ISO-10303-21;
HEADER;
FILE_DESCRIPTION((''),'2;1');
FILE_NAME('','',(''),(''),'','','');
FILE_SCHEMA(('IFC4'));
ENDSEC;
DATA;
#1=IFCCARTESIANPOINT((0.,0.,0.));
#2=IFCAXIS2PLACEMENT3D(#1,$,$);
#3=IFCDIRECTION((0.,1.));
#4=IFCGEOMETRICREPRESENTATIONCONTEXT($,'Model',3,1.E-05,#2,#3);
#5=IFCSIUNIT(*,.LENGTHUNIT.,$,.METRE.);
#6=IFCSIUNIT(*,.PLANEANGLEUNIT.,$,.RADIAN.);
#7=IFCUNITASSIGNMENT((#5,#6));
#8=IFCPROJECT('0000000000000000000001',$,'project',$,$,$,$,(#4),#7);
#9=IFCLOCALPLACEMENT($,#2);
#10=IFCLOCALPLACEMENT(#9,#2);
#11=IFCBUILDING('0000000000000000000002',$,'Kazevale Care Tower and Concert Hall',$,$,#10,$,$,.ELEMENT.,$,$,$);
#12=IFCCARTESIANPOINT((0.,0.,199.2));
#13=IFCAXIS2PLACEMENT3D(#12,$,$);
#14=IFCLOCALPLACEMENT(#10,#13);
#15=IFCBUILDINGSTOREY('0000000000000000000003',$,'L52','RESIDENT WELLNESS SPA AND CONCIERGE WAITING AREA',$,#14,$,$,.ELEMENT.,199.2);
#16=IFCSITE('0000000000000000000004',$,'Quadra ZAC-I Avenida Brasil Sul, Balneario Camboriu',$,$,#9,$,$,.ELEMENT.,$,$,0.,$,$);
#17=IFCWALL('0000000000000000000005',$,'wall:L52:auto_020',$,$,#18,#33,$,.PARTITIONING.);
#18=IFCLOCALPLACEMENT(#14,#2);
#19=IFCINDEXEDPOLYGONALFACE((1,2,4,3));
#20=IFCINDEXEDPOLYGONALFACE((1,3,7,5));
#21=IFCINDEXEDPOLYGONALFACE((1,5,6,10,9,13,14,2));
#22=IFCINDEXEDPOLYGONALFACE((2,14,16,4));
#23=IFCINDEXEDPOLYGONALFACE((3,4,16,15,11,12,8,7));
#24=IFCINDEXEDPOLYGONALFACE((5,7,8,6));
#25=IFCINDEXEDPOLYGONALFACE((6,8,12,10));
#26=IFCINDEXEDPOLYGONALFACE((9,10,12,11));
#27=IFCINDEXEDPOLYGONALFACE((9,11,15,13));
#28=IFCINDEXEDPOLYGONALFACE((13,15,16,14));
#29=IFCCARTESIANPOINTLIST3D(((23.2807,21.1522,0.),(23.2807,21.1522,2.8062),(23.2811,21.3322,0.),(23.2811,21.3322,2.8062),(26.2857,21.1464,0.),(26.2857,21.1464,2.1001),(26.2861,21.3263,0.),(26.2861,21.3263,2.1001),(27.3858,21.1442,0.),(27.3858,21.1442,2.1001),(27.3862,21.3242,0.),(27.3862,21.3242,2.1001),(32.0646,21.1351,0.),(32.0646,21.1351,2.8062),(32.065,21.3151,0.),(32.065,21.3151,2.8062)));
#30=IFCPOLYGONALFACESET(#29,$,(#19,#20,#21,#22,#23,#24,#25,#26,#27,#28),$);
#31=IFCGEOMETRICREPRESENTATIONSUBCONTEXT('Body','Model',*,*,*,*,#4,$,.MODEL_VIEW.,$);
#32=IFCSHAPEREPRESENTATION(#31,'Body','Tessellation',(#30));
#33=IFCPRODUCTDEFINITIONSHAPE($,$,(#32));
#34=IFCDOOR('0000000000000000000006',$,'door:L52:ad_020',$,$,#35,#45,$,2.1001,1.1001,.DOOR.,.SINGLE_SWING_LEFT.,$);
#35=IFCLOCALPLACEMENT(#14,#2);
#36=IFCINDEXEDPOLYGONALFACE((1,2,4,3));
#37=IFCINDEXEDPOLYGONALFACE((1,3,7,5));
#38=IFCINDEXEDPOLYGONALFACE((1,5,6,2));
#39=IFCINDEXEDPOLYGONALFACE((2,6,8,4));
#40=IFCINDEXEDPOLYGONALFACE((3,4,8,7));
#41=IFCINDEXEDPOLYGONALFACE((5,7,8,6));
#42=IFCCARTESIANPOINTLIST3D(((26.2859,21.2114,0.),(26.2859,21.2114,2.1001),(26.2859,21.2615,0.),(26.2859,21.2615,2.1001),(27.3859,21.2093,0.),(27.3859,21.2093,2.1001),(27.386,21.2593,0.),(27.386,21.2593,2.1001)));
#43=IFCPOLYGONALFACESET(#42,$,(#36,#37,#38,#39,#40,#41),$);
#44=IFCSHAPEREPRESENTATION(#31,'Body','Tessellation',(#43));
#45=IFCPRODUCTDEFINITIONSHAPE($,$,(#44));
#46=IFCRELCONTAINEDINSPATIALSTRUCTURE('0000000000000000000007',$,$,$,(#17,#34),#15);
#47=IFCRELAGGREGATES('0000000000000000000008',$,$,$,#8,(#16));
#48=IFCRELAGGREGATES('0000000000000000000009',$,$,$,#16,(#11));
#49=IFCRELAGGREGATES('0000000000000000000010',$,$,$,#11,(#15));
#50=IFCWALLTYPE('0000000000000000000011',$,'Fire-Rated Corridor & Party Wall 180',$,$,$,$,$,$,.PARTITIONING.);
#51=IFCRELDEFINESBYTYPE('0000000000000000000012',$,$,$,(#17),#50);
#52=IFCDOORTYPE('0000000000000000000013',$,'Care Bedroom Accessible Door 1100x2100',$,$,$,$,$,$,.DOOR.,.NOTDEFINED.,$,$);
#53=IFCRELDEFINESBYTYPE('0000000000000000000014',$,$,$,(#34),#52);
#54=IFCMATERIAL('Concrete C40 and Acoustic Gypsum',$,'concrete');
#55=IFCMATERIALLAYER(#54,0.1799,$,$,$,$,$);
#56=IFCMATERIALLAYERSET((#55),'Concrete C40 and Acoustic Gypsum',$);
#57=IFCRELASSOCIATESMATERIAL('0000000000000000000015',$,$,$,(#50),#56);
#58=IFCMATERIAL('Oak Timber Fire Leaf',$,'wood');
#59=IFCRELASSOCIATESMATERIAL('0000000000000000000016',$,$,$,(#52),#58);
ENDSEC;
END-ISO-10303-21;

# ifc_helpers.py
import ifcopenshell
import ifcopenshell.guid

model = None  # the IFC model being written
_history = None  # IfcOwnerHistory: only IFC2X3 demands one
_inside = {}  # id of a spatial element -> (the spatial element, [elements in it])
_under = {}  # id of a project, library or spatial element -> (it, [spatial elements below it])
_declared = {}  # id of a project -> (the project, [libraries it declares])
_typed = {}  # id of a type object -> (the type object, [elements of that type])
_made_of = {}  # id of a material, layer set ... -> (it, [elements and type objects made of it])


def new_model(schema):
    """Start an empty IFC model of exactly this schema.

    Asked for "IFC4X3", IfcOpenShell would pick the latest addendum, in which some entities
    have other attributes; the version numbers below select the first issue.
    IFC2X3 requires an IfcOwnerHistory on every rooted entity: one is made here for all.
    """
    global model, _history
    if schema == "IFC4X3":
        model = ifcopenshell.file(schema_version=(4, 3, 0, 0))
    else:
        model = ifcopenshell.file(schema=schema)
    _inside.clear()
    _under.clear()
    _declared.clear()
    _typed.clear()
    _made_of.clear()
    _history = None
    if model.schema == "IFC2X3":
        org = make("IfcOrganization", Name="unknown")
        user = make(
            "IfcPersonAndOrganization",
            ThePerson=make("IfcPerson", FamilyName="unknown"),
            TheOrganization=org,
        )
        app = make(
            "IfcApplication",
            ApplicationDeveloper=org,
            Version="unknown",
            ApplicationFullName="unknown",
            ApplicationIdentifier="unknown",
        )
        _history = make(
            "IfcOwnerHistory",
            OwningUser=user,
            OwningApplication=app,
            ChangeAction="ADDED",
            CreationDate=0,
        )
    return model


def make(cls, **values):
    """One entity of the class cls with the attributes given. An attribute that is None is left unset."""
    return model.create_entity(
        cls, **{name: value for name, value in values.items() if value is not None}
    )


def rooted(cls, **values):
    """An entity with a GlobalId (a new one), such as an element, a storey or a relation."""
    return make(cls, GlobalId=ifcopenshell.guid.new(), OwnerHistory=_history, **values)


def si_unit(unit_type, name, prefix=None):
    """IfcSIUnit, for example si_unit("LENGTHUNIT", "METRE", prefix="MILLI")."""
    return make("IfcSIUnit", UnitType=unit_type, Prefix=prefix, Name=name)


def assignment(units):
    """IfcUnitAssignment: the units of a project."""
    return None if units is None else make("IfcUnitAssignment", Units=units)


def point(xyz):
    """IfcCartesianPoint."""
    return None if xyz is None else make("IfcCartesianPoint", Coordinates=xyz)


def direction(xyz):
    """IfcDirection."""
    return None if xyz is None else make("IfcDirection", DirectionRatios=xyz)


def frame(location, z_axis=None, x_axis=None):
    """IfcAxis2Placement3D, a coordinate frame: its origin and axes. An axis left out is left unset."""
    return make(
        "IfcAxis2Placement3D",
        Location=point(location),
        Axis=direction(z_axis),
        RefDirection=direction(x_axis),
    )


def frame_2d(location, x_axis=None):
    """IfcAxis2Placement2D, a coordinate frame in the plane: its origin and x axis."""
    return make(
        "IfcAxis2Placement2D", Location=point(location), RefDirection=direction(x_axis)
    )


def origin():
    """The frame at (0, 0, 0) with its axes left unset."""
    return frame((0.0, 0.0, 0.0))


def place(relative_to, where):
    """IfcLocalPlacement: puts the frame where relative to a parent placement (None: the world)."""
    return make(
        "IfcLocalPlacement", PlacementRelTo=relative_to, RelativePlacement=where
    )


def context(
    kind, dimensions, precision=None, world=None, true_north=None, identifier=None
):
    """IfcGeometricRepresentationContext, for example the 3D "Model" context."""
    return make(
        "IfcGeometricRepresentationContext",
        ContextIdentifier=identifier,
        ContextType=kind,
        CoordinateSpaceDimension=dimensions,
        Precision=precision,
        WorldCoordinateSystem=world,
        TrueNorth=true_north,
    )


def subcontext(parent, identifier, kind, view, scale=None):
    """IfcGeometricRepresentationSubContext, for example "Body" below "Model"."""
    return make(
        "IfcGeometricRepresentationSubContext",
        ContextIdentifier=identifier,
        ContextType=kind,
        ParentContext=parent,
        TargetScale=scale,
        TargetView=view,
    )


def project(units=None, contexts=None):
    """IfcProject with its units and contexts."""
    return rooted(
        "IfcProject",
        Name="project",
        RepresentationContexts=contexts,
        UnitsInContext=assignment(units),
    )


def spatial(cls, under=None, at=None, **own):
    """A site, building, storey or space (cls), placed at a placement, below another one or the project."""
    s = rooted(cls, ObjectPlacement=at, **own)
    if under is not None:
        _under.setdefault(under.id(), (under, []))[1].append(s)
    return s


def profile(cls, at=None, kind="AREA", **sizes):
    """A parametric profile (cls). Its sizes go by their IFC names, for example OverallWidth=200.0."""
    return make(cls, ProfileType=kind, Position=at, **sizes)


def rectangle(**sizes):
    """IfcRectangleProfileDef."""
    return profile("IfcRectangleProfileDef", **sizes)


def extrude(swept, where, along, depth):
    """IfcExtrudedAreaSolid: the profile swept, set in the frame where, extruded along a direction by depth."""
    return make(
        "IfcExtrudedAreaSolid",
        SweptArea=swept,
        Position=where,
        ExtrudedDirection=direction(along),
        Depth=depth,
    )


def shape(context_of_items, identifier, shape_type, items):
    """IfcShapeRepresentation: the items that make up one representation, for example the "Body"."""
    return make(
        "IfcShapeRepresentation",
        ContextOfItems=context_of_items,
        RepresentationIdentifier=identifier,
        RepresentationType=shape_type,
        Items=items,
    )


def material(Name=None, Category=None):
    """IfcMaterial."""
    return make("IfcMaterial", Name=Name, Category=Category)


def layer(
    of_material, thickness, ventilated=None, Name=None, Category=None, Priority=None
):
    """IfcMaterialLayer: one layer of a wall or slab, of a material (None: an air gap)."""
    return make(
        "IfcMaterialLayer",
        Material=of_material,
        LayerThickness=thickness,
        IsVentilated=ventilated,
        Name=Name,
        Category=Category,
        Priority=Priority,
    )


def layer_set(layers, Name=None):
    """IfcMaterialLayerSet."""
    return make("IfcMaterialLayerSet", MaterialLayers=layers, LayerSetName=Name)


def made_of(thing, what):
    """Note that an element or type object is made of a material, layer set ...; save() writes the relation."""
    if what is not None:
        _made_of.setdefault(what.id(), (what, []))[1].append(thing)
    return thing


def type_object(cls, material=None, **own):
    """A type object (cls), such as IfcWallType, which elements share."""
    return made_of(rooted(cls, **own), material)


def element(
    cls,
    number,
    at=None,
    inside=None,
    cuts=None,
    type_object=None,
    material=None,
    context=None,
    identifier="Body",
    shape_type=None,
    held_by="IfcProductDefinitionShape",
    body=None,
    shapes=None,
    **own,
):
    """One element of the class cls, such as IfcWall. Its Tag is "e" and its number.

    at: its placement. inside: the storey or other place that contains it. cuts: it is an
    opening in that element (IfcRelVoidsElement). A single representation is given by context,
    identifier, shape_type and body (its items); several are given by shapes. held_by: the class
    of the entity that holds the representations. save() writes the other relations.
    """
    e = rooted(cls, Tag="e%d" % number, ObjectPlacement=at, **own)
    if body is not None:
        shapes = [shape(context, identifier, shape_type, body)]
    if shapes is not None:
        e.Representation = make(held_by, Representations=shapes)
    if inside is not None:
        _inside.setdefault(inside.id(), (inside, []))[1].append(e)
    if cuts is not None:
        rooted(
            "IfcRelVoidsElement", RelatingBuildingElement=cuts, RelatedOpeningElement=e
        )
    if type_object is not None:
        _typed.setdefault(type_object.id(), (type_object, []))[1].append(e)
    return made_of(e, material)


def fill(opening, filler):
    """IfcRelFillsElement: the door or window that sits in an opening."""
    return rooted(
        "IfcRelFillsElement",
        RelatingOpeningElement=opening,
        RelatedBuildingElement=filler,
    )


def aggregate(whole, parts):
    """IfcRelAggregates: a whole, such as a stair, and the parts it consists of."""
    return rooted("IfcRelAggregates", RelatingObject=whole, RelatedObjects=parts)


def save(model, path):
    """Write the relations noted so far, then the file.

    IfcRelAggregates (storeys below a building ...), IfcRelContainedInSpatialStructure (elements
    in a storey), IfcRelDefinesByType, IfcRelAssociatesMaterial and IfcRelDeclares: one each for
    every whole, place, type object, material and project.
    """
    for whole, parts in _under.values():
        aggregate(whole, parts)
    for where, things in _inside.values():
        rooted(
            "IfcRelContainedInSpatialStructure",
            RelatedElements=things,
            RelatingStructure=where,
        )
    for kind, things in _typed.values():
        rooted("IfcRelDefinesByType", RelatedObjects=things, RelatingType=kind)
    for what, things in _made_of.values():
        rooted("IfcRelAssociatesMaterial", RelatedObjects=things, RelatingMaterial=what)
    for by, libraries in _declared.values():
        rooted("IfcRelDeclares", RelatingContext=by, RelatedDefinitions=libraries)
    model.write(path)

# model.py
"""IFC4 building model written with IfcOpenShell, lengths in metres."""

from ifc_helpers import new_model, si_unit, direction, frame, frame_2d, origin, place, context, subcontext, project, spatial, rectangle, extrude, material, layer, layer_set, type_object, element, fill, save


model = new_model("IFC4")

# Units and contexts
model_context = context("Model", 3, precision=1e-05, world=origin(), true_north=direction((0.0, 1.0)))
body_context = subcontext(model_context, "Body", "Model", "MODEL_VIEW")
ifc_project = project(units=[si_unit("LENGTHUNIT", "METRE"), si_unit("PLANEANGLEUNIT", "RADIAN")], contexts=[model_context])

# Site, building, storey
site_placement = place(None, origin())
site = spatial("IfcSite", under=ifc_project, at=site_placement, Name="Quadra ZAC-I Avenida Brasil Sul, Balneario Camboriu", CompositionType="ELEMENT", RefElevation=0.0)
building_placement = place(site_placement, origin())
building = spatial("IfcBuilding", under=site, at=building_placement, Name="Kazevale Care Tower and Concert Hall", CompositionType="ELEMENT")
storey_placement = place(building_placement, frame((0.0, 0.0, 199.2)))
storey = spatial("IfcBuildingStorey", under=building, at=storey_placement, Name="L52", Description="RESIDENT WELLNESS SPA AND CONCIERGE WAITING AREA", CompositionType="ELEMENT", Elevation=199.2)

# Wall, opening, door
ifc_material_1 = material(Name="Concrete C40 and Acoustic Gypsum", Category="concrete")
ifc_layer_1 = layer(ifc_material_1, 0.1799)
ifc_layer_set_1 = layer_set([ifc_layer_1], Name="Concrete C40 and Acoustic Gypsum")
wall_type_1 = type_object("IfcWallType", Name="Fire-Rated Corridor & Party Wall 180", PredefinedType="PARTITIONING", material=ifc_layer_set_1)
wall_1_placement = place(storey_placement, frame((32.0649, 21.2251, 0.0), z_axis=(0.0, 0.0, 1.0), x_axis=(-0.999998, 0.001946, 0.0)))
wall_1 = element("IfcWall", 1, at=wall_1_placement, inside=storey, type_object=wall_type_1, Name="wall:L52:auto_020", PredefinedType="PARTITIONING", context=body_context, shape_type="SweptSolid", body=[
    extrude(rectangle(XDim=8.7839, YDim=0.1799, at=frame_2d((4.3921, 0.0))), origin(), (0.0, 0.0, 1.0), 2.8062),
])
opening_placement = place(wall_1_placement, frame((4.679, 0.0, 0.0)))
opening = element("IfcOpeningElement", 2, at=opening_placement, cuts=wall_1, PredefinedType="OPENING", context=body_context, shape_type="SweptSolid", body=[
    extrude(rectangle(XDim=1.1001, YDim=2.1001, at=frame_2d((0.55, 1.05))), frame((0.0, 0.0999, 0.0), z_axis=(0.0, -1.0, 0.0), x_axis=(1.0, 0.0, 0.0)), (0.0, 0.0, 1.0), 0.2),
])
ifc_material_2 = material(Name="Oak Timber Fire Leaf", Category="wood")
door_type = type_object("IfcDoorType", Name="Care Bedroom Accessible Door 1100x2100", OperationType="NOTDEFINED", PredefinedType="DOOR", material=ifc_material_2)
door_placement = place(opening_placement, origin())
door = element("IfcDoor", 3, at=door_placement, inside=storey, type_object=door_type, Name="door:L52:ad_020", OperationType="SINGLE_SWING_LEFT", OverallHeight=2.1001, OverallWidth=1.1001, PredefinedType="DOOR", context=body_context, shape_type="SweptSolid", body=[
    extrude(rectangle(XDim=1.1001, YDim=2.1001, at=frame_2d((0.55, 1.05))), frame((0.0, 0.0249, 0.0), z_axis=(0.0, -1.0, 0.0), x_axis=(1.0, 0.0, 0.0)), (0.0, 0.0, 1.0), 0.05),
])
fill(opening, door)

save(model, "model.ifc")
